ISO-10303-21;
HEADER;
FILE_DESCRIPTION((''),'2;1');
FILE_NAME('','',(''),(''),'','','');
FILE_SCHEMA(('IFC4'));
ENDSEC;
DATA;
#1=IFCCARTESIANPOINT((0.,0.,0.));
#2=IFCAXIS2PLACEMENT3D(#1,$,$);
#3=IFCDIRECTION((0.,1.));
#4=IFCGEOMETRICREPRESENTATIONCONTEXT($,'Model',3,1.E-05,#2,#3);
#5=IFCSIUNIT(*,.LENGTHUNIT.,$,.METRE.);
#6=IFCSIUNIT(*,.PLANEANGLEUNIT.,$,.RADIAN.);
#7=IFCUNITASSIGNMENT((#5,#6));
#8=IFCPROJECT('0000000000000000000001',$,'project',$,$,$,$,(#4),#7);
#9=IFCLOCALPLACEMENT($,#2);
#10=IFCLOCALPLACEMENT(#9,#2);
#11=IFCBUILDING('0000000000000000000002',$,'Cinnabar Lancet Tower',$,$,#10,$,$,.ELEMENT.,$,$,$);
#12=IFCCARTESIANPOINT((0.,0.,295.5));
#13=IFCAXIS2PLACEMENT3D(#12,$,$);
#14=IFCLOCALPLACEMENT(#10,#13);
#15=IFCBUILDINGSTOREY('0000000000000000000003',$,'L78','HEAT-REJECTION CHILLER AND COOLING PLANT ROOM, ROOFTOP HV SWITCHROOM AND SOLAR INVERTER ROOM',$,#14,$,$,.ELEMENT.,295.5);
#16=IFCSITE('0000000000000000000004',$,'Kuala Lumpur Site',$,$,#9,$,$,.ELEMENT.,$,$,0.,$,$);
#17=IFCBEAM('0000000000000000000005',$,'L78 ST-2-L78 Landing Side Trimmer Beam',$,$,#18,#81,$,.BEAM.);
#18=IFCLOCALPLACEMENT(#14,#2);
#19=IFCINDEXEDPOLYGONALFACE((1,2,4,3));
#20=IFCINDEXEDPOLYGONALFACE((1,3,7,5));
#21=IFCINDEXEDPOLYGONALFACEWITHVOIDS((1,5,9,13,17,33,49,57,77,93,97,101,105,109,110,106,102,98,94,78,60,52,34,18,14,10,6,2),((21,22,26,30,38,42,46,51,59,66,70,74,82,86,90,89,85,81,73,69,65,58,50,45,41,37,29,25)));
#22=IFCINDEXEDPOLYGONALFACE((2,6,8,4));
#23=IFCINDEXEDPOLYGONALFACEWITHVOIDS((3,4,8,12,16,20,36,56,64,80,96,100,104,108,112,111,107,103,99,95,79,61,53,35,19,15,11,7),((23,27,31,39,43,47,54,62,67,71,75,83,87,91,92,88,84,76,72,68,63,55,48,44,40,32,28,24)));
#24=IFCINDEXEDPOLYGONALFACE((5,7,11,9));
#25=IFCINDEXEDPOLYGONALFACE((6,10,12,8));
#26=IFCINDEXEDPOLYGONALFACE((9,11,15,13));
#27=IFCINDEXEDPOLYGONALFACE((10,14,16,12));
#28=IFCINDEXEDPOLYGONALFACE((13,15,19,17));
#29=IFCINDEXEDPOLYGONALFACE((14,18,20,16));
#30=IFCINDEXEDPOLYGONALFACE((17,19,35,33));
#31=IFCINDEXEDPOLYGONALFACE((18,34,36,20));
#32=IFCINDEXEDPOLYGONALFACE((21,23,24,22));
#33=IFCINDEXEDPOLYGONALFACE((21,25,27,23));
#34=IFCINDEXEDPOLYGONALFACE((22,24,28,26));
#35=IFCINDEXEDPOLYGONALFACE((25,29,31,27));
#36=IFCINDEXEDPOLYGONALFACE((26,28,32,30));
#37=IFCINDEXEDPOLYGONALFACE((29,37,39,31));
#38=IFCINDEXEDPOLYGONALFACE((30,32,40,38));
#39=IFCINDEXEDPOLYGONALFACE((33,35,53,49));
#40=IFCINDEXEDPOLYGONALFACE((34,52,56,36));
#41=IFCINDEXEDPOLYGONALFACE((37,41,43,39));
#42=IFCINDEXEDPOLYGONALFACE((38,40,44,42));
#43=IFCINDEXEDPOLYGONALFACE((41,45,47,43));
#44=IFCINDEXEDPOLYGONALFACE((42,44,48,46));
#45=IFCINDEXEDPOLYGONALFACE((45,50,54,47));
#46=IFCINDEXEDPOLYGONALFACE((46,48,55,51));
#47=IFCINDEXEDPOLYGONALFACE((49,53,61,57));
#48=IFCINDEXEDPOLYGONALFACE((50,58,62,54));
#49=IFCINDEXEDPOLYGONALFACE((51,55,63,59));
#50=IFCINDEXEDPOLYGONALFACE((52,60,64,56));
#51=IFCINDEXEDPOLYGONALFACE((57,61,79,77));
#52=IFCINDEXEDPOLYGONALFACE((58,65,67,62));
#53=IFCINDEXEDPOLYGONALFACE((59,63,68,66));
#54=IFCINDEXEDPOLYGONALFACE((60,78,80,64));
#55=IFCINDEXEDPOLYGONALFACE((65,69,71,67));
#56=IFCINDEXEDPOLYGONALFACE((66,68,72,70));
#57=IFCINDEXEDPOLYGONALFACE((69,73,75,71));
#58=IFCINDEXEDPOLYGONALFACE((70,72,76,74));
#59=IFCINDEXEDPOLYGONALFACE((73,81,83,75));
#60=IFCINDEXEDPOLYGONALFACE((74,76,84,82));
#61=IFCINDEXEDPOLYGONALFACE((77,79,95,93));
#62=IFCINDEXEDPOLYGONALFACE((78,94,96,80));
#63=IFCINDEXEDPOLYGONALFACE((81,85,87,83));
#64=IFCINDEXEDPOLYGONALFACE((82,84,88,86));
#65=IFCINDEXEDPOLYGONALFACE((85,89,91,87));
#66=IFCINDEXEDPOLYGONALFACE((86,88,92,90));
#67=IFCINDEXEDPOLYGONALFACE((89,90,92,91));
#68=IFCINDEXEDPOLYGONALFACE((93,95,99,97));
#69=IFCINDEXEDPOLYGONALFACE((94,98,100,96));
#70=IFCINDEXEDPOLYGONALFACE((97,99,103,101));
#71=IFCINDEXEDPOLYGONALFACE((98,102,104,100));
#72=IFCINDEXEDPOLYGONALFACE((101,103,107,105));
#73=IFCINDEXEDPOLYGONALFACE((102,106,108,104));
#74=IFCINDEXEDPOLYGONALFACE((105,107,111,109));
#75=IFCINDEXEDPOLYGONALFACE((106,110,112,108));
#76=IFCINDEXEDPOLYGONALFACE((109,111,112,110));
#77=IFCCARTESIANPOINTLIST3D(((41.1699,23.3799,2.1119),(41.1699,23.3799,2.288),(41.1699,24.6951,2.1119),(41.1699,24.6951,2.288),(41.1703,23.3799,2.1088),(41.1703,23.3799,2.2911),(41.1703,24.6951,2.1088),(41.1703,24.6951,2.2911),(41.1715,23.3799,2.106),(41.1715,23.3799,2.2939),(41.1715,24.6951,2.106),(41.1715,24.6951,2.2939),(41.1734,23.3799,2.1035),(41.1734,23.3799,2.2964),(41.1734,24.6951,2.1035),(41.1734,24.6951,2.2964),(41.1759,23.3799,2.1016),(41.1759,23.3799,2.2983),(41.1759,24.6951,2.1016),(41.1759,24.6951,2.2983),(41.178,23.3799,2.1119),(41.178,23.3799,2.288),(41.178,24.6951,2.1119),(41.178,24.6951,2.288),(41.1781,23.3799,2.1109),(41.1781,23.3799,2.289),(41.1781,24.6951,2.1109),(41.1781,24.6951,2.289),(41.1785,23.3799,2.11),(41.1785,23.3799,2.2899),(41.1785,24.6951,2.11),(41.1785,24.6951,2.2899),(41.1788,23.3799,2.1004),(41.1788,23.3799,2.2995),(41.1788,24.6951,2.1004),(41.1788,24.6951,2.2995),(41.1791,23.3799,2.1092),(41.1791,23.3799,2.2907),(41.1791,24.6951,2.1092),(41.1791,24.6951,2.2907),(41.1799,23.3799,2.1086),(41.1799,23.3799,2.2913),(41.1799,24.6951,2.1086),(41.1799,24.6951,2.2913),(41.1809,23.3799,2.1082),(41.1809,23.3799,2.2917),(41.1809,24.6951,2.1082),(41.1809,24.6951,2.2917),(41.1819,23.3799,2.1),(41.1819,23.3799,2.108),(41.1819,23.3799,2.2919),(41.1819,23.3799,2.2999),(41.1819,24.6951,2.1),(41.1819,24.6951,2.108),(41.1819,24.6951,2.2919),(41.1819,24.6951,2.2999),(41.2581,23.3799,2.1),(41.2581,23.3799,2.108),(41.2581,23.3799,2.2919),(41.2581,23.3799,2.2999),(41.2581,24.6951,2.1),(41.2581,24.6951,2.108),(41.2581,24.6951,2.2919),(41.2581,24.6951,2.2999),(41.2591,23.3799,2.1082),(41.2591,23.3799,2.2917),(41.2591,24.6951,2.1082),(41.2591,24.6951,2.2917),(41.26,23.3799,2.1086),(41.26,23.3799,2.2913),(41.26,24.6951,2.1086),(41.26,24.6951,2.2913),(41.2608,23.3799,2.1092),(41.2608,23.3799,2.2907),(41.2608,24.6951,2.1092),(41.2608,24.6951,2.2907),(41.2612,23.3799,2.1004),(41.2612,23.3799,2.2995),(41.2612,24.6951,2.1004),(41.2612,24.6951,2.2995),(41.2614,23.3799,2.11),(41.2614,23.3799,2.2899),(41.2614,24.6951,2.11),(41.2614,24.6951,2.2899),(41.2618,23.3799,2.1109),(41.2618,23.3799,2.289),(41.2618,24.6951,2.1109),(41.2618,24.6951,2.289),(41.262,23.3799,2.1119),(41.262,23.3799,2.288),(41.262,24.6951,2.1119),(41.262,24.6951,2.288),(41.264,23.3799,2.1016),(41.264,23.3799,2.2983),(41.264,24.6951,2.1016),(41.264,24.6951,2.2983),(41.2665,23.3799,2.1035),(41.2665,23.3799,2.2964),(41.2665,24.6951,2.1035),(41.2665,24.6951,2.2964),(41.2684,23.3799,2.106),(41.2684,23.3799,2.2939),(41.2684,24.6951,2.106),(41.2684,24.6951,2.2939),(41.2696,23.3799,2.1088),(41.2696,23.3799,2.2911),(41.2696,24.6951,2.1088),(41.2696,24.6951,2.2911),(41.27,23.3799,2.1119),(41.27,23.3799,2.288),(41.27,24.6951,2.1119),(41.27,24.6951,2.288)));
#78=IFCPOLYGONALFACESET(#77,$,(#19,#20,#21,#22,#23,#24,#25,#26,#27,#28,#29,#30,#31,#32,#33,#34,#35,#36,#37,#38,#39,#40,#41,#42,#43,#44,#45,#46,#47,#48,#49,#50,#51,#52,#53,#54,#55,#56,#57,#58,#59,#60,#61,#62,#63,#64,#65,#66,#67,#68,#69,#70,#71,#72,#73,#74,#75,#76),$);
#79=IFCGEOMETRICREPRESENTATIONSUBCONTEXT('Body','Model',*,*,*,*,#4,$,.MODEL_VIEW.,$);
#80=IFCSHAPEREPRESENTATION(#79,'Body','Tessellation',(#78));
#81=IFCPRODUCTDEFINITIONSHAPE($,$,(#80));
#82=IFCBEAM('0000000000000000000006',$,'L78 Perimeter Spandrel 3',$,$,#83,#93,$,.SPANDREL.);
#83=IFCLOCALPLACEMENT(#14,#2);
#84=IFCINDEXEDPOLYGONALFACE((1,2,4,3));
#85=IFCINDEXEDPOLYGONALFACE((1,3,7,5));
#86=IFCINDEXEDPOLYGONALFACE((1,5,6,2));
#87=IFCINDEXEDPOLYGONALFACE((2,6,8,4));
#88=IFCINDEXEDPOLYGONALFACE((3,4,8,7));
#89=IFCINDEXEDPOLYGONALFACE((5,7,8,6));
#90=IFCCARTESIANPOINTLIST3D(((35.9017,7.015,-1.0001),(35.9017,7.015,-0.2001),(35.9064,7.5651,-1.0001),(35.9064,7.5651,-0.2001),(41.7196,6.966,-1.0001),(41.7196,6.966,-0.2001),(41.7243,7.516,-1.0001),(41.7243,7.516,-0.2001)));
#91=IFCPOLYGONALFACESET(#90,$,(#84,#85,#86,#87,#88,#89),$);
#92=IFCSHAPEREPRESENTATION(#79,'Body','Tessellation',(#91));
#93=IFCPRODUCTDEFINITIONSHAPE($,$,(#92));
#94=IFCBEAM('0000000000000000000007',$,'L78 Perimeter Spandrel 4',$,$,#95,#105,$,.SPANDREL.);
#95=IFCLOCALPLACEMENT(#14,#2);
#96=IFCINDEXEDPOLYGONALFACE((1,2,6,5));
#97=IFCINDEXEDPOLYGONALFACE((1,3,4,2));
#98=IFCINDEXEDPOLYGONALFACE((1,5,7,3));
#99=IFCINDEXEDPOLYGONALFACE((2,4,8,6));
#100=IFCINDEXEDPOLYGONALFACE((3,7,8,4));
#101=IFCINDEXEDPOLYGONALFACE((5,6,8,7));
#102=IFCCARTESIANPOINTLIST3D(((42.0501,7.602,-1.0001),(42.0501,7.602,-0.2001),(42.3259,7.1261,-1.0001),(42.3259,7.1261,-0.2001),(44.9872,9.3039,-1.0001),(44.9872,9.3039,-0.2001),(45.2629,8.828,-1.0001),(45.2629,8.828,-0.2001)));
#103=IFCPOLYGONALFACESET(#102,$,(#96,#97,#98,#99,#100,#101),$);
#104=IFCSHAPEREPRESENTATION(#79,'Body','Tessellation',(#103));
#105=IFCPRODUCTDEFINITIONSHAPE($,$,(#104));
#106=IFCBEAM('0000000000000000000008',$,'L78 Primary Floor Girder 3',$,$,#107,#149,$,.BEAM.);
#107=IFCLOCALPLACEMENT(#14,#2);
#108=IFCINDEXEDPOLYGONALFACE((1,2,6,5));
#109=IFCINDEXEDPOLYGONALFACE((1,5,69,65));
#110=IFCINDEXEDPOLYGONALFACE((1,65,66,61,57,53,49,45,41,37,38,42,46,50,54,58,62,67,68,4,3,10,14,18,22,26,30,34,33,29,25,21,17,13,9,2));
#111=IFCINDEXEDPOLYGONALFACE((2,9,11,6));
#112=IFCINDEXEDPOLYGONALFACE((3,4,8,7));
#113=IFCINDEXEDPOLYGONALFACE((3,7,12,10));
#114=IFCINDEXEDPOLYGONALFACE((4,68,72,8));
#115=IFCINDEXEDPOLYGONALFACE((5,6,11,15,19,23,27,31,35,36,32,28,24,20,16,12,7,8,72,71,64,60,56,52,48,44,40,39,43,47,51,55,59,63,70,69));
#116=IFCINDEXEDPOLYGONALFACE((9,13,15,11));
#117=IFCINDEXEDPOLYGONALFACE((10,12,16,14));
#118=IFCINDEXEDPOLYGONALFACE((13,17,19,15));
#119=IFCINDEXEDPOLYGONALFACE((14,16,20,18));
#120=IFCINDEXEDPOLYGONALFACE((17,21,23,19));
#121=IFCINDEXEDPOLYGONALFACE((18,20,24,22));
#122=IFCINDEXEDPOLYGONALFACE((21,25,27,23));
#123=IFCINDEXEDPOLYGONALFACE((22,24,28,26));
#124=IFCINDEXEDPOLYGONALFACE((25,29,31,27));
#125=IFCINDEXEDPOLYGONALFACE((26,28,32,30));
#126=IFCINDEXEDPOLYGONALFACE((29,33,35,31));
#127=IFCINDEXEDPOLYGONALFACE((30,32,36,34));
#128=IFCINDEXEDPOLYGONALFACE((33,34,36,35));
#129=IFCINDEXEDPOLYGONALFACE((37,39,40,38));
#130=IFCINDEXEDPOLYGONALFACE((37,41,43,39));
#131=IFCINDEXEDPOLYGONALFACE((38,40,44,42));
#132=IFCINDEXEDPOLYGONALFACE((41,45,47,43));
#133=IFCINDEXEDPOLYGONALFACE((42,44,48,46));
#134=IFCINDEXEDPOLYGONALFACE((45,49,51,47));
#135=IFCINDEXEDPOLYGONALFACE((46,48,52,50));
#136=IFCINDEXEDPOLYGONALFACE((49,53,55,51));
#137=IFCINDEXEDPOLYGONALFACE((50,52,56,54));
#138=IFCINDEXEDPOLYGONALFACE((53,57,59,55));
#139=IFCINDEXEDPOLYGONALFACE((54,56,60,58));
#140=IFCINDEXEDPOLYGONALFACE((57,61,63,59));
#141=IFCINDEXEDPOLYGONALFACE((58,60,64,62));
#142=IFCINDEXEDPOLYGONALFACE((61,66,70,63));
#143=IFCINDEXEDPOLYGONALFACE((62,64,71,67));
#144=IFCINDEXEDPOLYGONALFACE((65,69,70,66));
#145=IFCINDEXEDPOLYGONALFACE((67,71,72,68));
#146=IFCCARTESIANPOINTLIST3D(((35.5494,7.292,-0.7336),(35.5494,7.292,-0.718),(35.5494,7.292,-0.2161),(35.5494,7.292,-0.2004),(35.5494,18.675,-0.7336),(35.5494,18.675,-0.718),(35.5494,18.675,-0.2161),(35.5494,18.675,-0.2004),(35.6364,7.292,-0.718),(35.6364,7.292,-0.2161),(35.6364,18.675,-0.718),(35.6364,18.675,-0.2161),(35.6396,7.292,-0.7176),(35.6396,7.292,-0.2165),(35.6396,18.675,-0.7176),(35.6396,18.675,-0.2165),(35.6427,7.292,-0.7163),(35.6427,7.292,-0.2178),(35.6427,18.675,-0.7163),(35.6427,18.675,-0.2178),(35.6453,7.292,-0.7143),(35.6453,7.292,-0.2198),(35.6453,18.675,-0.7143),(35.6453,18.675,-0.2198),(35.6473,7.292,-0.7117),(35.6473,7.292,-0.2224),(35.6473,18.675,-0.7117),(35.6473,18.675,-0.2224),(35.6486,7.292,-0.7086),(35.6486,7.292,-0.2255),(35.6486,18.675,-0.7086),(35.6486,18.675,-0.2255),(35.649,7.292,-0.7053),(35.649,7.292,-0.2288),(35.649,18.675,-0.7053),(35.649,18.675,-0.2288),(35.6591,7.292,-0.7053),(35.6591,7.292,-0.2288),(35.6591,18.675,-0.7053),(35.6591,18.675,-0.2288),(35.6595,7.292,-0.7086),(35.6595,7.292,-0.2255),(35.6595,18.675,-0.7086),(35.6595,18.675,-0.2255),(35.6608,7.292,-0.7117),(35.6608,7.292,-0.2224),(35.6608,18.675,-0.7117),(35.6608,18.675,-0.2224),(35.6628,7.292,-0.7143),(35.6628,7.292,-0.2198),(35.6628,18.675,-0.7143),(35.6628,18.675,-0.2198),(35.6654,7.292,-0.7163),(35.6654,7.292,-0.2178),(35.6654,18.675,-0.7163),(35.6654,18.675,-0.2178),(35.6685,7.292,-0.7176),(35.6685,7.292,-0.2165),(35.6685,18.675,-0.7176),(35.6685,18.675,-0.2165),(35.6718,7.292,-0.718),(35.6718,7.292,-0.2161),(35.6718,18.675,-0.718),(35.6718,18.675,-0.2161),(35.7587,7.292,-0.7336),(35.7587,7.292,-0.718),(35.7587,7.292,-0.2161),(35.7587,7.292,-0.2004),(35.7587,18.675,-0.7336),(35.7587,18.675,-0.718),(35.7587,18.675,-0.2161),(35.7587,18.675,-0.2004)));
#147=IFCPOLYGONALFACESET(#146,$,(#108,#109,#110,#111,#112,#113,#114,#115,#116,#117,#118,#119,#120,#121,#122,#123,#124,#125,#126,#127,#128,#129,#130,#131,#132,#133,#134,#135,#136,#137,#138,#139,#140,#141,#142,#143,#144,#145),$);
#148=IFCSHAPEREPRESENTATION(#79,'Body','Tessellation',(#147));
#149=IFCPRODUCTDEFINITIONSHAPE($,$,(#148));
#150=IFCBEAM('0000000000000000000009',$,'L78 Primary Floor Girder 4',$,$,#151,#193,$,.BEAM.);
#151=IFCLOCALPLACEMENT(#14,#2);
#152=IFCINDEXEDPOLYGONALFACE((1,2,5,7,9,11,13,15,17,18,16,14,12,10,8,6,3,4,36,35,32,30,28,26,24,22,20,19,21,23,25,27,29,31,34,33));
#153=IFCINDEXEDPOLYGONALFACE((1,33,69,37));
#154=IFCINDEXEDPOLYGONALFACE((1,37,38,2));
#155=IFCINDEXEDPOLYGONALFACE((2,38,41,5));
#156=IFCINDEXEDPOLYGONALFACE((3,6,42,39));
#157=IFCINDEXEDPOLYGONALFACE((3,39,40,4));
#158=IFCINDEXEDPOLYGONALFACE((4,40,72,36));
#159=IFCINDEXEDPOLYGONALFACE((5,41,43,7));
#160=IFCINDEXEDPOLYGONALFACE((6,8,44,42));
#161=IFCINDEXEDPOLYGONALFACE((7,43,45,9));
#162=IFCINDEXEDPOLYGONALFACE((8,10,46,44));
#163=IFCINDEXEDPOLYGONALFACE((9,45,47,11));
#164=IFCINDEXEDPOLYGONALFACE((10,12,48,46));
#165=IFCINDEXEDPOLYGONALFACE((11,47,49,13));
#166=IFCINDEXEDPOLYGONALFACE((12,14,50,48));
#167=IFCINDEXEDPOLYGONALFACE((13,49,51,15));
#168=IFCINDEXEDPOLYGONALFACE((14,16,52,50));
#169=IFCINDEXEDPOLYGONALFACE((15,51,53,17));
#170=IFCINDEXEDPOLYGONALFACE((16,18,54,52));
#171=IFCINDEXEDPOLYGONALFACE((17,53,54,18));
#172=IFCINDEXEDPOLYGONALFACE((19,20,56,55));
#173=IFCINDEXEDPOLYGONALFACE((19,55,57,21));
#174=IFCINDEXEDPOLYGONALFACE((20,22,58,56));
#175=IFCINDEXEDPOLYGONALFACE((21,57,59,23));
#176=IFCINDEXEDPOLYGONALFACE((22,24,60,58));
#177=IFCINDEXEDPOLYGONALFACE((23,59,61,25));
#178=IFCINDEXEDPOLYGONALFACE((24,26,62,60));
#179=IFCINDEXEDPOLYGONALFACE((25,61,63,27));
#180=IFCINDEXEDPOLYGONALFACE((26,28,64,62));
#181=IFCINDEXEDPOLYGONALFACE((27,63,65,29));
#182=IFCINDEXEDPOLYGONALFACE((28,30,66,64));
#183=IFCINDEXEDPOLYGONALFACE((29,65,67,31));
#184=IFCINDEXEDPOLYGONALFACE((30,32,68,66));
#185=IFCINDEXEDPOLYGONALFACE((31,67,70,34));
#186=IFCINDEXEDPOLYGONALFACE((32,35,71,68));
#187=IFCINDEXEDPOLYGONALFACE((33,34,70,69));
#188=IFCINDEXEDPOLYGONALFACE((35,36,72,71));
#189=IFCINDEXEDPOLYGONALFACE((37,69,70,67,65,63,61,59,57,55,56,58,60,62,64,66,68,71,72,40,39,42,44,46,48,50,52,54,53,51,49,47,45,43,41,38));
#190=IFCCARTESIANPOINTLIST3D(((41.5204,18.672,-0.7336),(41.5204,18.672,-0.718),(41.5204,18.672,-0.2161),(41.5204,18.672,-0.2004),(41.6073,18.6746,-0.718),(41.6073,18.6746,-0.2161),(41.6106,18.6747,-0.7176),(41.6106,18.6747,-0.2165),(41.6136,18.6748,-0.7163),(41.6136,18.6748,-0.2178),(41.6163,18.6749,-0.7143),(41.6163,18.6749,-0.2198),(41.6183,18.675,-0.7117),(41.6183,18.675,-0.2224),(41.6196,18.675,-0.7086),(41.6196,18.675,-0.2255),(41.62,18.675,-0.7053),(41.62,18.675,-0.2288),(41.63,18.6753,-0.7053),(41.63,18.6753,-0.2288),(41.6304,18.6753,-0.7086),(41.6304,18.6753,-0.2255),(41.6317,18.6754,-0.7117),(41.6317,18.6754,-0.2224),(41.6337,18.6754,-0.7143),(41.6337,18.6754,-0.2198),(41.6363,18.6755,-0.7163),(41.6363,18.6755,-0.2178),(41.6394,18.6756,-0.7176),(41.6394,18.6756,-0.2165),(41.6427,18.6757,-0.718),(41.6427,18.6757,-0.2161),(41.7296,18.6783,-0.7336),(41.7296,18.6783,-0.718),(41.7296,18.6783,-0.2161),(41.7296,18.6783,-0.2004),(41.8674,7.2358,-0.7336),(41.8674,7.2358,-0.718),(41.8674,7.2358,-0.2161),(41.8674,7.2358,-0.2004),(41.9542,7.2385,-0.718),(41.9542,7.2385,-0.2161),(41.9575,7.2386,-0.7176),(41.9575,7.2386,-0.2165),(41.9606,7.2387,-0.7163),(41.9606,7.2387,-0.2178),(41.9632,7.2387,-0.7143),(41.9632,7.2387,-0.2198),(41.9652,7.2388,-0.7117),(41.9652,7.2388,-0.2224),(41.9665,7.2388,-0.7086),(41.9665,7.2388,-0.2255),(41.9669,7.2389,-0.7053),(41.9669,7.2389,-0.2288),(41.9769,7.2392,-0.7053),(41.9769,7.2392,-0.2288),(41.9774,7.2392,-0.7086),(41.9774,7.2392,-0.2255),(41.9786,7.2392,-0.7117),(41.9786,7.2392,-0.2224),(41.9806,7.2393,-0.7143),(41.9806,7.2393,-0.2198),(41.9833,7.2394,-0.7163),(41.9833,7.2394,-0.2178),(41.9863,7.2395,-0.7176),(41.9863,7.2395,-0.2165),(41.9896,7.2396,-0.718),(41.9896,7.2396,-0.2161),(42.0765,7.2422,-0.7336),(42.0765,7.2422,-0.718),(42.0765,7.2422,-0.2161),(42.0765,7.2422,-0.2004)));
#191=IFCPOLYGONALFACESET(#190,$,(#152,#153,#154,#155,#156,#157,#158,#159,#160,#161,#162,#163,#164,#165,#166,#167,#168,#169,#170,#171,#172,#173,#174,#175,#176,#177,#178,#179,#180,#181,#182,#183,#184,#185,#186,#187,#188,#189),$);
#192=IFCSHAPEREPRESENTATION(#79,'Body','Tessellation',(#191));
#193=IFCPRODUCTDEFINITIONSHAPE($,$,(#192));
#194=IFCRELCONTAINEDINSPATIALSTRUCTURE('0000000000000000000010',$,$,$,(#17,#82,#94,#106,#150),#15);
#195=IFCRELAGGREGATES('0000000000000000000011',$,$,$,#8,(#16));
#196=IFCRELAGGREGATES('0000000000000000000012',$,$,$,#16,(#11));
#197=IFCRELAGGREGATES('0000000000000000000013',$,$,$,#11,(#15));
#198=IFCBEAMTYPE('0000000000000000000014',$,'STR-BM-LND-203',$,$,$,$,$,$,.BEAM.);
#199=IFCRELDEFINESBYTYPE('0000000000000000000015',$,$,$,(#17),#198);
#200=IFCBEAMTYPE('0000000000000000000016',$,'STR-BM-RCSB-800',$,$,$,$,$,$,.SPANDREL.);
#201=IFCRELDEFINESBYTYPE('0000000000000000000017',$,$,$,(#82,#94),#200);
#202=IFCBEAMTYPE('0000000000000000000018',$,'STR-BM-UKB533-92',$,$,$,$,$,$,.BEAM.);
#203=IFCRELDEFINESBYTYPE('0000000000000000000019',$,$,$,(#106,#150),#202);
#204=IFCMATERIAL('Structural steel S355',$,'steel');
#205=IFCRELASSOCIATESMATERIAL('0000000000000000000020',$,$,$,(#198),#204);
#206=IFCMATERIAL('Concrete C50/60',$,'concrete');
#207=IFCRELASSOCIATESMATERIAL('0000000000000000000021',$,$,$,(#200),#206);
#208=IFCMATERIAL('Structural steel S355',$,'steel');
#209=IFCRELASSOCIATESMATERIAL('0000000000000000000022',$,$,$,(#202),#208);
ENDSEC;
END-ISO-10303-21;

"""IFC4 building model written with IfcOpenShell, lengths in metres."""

from ifc_helpers import new_model, si_unit, direction, frame, origin, origin_2d, place, context, subcontext, project, spatial, rectangle, hollow_rectangle, i_section, extrude, material, material_profile, profile_set, type_object, element, save


model = new_model("IFC4")

# Units and contexts
model_context = context("Model", 3, precision=1e-05, world=origin(), true_north=direction((0.0, 1.0)))
body_context = subcontext(model_context, "Body", "Model", "MODEL_VIEW")
ifc_project = project(units=[si_unit("LENGTHUNIT", "METRE"), si_unit("PLANEANGLEUNIT", "RADIAN")], contexts=[model_context])

# Site, building, storey
site_placement = place(None, origin())
site = spatial("IfcSite", under=ifc_project, at=site_placement, Name="Kuala Lumpur Site", CompositionType="ELEMENT", RefElevation=0.0)
building_placement = place(site_placement, origin())
building = spatial("IfcBuilding", under=site, at=building_placement, Name="Cinnabar Lancet Tower", CompositionType="ELEMENT")
storey_placement = place(building_placement, frame((0.0, 0.0, 295.5)))
storey = spatial("IfcBuildingStorey", under=building, at=storey_placement, Name="L78", Description="HEAT-REJECTION CHILLER AND COOLING PLANT ROOM, ROOFTOP HV SWITCHROOM AND SOLAR INVERTER ROOM", CompositionType="ELEMENT", Elevation=295.5)

# Beams
ifc_material_1 = material(Name="Structural steel S355", Category="steel")
ifc_material_profile_1 = material_profile(ifc_material_1, hollow_rectangle(XDim=0.1001, YDim=0.2, WallThickness=0.0081, InnerFilletRadius=0.0039, OuterFilletRadius=0.012, at=origin_2d()), Name="RHS 200x100x8")
ifc_profile_set_1 = profile_set([ifc_material_profile_1], Name="Structural steel S355")
beam_type_1 = type_object("IfcBeamType", Name="STR-BM-LND-203", PredefinedType="BEAM", material=ifc_profile_set_1)
beam_1_placement = place(storey_placement, frame((41.22, 23.3799, 2.2), z_axis=(0.0, 1.0, 0.0), x_axis=(-1.0, 0.0, 0.0)))
element("IfcBeam", 1, at=beam_1_placement, inside=storey, type_object=beam_type_1, Name="L78 ST-2-L78 Landing Side Trimmer Beam", PredefinedType="BEAM", context=body_context, shape_type="SweptSolid", body=[
    extrude(hollow_rectangle(XDim=0.1001, YDim=0.2, WallThickness=0.0081, InnerFilletRadius=0.0039, OuterFilletRadius=0.012, at=origin_2d()), origin(), (0.0, 0.0, 1.0), 1.3152),
])
ifc_material_2 = material(Name="Concrete C50/60", Category="concrete")
ifc_material_profile_2 = material_profile(ifc_material_2, rectangle(XDim=0.55, YDim=0.8, at=origin_2d()), Name="RC-SB 550x800")
ifc_profile_set_2 = profile_set([ifc_material_profile_2], Name="Concrete C50/60")
beam_type_2 = type_object("IfcBeamType", Name="STR-BM-RCSB-800", PredefinedType="SPANDREL", material=ifc_profile_set_2)
beam_2_placement = place(storey_placement, frame((35.9041, 7.29, -0.6001), z_axis=(0.999964, -0.008434, 0.0), x_axis=(0.008434, 0.999964, 0.0)))
element("IfcBeam", 2, at=beam_2_placement, inside=storey, type_object=beam_type_2, Name="L78 Perimeter Spandrel 3", PredefinedType="SPANDREL", context=body_context, shape_type="SweptSolid", body=[
    extrude(rectangle(XDim=0.55, YDim=0.8, at=origin_2d()), origin(), (0.0, 0.0, 1.0), 5.8181),
])
beam_3_placement = place(storey_placement, frame((42.188, 7.364, -0.6001), z_axis=(0.865231, 0.501374, 0.0), x_axis=(-0.501374, 0.865231, 0.0)))
element("IfcBeam", 3, at=beam_3_placement, inside=storey, type_object=beam_type_2, Name="L78 Perimeter Spandrel 4", PredefinedType="SPANDREL", context=body_context, shape_type="SweptSolid", body=[
    extrude(rectangle(XDim=0.55, YDim=0.8, at=origin_2d()), origin(), (0.0, 0.0, 1.0), 3.3945),
])
ifc_material_3 = material(Name="Structural steel S355", Category="steel")
ifc_material_profile_3 = material_profile(ifc_material_3, i_section(OverallWidth=0.2092, OverallDepth=0.5332, WebThickness=0.01, FlangeThickness=0.0156, FilletRadius=0.0127, at=origin_2d()), Name="UKB 533x210x92")
ifc_profile_set_3 = profile_set([ifc_material_profile_3], Name="Structural steel S355")
beam_type_3 = type_object("IfcBeamType", Name="STR-BM-UKB533-92", PredefinedType="BEAM", material=ifc_profile_set_3)
beam_4_placement = place(storey_placement, frame((35.6541, 7.292, -0.467), z_axis=(0.0, 1.0, 0.0), x_axis=(-1.0, 0.0, 0.0)))
element("IfcBeam", 4, at=beam_4_placement, inside=storey, type_object=beam_type_3, Name="L78 Primary Floor Girder 3", PredefinedType="BEAM", context=body_context, shape_type="SweptSolid", body=[
    extrude(i_section(OverallWidth=0.2092, OverallDepth=0.5332, WebThickness=0.01, FlangeThickness=0.0156, FilletRadius=0.0127, at=origin_2d()), origin(), (0.0, 0.0, 1.0), 11.3831),
])
beam_5_placement = place(storey_placement, frame((41.9719, 7.239, -0.467), z_axis=(-0.030322, 0.99954, 0.0), x_axis=(-0.99954, -0.030322, 0.0)))
element("IfcBeam", 5, at=beam_5_placement, inside=storey, type_object=beam_type_3, Name="L78 Primary Floor Girder 4", PredefinedType="BEAM", context=body_context, shape_type="SweptSolid", body=[
    extrude(i_section(OverallWidth=0.2092, OverallDepth=0.5332, WebThickness=0.01, FlangeThickness=0.0156, FilletRadius=0.0127, at=origin_2d()), origin(), (0.0, 0.0, 1.0), 11.4414),
])

save(model, "model.ifc")
